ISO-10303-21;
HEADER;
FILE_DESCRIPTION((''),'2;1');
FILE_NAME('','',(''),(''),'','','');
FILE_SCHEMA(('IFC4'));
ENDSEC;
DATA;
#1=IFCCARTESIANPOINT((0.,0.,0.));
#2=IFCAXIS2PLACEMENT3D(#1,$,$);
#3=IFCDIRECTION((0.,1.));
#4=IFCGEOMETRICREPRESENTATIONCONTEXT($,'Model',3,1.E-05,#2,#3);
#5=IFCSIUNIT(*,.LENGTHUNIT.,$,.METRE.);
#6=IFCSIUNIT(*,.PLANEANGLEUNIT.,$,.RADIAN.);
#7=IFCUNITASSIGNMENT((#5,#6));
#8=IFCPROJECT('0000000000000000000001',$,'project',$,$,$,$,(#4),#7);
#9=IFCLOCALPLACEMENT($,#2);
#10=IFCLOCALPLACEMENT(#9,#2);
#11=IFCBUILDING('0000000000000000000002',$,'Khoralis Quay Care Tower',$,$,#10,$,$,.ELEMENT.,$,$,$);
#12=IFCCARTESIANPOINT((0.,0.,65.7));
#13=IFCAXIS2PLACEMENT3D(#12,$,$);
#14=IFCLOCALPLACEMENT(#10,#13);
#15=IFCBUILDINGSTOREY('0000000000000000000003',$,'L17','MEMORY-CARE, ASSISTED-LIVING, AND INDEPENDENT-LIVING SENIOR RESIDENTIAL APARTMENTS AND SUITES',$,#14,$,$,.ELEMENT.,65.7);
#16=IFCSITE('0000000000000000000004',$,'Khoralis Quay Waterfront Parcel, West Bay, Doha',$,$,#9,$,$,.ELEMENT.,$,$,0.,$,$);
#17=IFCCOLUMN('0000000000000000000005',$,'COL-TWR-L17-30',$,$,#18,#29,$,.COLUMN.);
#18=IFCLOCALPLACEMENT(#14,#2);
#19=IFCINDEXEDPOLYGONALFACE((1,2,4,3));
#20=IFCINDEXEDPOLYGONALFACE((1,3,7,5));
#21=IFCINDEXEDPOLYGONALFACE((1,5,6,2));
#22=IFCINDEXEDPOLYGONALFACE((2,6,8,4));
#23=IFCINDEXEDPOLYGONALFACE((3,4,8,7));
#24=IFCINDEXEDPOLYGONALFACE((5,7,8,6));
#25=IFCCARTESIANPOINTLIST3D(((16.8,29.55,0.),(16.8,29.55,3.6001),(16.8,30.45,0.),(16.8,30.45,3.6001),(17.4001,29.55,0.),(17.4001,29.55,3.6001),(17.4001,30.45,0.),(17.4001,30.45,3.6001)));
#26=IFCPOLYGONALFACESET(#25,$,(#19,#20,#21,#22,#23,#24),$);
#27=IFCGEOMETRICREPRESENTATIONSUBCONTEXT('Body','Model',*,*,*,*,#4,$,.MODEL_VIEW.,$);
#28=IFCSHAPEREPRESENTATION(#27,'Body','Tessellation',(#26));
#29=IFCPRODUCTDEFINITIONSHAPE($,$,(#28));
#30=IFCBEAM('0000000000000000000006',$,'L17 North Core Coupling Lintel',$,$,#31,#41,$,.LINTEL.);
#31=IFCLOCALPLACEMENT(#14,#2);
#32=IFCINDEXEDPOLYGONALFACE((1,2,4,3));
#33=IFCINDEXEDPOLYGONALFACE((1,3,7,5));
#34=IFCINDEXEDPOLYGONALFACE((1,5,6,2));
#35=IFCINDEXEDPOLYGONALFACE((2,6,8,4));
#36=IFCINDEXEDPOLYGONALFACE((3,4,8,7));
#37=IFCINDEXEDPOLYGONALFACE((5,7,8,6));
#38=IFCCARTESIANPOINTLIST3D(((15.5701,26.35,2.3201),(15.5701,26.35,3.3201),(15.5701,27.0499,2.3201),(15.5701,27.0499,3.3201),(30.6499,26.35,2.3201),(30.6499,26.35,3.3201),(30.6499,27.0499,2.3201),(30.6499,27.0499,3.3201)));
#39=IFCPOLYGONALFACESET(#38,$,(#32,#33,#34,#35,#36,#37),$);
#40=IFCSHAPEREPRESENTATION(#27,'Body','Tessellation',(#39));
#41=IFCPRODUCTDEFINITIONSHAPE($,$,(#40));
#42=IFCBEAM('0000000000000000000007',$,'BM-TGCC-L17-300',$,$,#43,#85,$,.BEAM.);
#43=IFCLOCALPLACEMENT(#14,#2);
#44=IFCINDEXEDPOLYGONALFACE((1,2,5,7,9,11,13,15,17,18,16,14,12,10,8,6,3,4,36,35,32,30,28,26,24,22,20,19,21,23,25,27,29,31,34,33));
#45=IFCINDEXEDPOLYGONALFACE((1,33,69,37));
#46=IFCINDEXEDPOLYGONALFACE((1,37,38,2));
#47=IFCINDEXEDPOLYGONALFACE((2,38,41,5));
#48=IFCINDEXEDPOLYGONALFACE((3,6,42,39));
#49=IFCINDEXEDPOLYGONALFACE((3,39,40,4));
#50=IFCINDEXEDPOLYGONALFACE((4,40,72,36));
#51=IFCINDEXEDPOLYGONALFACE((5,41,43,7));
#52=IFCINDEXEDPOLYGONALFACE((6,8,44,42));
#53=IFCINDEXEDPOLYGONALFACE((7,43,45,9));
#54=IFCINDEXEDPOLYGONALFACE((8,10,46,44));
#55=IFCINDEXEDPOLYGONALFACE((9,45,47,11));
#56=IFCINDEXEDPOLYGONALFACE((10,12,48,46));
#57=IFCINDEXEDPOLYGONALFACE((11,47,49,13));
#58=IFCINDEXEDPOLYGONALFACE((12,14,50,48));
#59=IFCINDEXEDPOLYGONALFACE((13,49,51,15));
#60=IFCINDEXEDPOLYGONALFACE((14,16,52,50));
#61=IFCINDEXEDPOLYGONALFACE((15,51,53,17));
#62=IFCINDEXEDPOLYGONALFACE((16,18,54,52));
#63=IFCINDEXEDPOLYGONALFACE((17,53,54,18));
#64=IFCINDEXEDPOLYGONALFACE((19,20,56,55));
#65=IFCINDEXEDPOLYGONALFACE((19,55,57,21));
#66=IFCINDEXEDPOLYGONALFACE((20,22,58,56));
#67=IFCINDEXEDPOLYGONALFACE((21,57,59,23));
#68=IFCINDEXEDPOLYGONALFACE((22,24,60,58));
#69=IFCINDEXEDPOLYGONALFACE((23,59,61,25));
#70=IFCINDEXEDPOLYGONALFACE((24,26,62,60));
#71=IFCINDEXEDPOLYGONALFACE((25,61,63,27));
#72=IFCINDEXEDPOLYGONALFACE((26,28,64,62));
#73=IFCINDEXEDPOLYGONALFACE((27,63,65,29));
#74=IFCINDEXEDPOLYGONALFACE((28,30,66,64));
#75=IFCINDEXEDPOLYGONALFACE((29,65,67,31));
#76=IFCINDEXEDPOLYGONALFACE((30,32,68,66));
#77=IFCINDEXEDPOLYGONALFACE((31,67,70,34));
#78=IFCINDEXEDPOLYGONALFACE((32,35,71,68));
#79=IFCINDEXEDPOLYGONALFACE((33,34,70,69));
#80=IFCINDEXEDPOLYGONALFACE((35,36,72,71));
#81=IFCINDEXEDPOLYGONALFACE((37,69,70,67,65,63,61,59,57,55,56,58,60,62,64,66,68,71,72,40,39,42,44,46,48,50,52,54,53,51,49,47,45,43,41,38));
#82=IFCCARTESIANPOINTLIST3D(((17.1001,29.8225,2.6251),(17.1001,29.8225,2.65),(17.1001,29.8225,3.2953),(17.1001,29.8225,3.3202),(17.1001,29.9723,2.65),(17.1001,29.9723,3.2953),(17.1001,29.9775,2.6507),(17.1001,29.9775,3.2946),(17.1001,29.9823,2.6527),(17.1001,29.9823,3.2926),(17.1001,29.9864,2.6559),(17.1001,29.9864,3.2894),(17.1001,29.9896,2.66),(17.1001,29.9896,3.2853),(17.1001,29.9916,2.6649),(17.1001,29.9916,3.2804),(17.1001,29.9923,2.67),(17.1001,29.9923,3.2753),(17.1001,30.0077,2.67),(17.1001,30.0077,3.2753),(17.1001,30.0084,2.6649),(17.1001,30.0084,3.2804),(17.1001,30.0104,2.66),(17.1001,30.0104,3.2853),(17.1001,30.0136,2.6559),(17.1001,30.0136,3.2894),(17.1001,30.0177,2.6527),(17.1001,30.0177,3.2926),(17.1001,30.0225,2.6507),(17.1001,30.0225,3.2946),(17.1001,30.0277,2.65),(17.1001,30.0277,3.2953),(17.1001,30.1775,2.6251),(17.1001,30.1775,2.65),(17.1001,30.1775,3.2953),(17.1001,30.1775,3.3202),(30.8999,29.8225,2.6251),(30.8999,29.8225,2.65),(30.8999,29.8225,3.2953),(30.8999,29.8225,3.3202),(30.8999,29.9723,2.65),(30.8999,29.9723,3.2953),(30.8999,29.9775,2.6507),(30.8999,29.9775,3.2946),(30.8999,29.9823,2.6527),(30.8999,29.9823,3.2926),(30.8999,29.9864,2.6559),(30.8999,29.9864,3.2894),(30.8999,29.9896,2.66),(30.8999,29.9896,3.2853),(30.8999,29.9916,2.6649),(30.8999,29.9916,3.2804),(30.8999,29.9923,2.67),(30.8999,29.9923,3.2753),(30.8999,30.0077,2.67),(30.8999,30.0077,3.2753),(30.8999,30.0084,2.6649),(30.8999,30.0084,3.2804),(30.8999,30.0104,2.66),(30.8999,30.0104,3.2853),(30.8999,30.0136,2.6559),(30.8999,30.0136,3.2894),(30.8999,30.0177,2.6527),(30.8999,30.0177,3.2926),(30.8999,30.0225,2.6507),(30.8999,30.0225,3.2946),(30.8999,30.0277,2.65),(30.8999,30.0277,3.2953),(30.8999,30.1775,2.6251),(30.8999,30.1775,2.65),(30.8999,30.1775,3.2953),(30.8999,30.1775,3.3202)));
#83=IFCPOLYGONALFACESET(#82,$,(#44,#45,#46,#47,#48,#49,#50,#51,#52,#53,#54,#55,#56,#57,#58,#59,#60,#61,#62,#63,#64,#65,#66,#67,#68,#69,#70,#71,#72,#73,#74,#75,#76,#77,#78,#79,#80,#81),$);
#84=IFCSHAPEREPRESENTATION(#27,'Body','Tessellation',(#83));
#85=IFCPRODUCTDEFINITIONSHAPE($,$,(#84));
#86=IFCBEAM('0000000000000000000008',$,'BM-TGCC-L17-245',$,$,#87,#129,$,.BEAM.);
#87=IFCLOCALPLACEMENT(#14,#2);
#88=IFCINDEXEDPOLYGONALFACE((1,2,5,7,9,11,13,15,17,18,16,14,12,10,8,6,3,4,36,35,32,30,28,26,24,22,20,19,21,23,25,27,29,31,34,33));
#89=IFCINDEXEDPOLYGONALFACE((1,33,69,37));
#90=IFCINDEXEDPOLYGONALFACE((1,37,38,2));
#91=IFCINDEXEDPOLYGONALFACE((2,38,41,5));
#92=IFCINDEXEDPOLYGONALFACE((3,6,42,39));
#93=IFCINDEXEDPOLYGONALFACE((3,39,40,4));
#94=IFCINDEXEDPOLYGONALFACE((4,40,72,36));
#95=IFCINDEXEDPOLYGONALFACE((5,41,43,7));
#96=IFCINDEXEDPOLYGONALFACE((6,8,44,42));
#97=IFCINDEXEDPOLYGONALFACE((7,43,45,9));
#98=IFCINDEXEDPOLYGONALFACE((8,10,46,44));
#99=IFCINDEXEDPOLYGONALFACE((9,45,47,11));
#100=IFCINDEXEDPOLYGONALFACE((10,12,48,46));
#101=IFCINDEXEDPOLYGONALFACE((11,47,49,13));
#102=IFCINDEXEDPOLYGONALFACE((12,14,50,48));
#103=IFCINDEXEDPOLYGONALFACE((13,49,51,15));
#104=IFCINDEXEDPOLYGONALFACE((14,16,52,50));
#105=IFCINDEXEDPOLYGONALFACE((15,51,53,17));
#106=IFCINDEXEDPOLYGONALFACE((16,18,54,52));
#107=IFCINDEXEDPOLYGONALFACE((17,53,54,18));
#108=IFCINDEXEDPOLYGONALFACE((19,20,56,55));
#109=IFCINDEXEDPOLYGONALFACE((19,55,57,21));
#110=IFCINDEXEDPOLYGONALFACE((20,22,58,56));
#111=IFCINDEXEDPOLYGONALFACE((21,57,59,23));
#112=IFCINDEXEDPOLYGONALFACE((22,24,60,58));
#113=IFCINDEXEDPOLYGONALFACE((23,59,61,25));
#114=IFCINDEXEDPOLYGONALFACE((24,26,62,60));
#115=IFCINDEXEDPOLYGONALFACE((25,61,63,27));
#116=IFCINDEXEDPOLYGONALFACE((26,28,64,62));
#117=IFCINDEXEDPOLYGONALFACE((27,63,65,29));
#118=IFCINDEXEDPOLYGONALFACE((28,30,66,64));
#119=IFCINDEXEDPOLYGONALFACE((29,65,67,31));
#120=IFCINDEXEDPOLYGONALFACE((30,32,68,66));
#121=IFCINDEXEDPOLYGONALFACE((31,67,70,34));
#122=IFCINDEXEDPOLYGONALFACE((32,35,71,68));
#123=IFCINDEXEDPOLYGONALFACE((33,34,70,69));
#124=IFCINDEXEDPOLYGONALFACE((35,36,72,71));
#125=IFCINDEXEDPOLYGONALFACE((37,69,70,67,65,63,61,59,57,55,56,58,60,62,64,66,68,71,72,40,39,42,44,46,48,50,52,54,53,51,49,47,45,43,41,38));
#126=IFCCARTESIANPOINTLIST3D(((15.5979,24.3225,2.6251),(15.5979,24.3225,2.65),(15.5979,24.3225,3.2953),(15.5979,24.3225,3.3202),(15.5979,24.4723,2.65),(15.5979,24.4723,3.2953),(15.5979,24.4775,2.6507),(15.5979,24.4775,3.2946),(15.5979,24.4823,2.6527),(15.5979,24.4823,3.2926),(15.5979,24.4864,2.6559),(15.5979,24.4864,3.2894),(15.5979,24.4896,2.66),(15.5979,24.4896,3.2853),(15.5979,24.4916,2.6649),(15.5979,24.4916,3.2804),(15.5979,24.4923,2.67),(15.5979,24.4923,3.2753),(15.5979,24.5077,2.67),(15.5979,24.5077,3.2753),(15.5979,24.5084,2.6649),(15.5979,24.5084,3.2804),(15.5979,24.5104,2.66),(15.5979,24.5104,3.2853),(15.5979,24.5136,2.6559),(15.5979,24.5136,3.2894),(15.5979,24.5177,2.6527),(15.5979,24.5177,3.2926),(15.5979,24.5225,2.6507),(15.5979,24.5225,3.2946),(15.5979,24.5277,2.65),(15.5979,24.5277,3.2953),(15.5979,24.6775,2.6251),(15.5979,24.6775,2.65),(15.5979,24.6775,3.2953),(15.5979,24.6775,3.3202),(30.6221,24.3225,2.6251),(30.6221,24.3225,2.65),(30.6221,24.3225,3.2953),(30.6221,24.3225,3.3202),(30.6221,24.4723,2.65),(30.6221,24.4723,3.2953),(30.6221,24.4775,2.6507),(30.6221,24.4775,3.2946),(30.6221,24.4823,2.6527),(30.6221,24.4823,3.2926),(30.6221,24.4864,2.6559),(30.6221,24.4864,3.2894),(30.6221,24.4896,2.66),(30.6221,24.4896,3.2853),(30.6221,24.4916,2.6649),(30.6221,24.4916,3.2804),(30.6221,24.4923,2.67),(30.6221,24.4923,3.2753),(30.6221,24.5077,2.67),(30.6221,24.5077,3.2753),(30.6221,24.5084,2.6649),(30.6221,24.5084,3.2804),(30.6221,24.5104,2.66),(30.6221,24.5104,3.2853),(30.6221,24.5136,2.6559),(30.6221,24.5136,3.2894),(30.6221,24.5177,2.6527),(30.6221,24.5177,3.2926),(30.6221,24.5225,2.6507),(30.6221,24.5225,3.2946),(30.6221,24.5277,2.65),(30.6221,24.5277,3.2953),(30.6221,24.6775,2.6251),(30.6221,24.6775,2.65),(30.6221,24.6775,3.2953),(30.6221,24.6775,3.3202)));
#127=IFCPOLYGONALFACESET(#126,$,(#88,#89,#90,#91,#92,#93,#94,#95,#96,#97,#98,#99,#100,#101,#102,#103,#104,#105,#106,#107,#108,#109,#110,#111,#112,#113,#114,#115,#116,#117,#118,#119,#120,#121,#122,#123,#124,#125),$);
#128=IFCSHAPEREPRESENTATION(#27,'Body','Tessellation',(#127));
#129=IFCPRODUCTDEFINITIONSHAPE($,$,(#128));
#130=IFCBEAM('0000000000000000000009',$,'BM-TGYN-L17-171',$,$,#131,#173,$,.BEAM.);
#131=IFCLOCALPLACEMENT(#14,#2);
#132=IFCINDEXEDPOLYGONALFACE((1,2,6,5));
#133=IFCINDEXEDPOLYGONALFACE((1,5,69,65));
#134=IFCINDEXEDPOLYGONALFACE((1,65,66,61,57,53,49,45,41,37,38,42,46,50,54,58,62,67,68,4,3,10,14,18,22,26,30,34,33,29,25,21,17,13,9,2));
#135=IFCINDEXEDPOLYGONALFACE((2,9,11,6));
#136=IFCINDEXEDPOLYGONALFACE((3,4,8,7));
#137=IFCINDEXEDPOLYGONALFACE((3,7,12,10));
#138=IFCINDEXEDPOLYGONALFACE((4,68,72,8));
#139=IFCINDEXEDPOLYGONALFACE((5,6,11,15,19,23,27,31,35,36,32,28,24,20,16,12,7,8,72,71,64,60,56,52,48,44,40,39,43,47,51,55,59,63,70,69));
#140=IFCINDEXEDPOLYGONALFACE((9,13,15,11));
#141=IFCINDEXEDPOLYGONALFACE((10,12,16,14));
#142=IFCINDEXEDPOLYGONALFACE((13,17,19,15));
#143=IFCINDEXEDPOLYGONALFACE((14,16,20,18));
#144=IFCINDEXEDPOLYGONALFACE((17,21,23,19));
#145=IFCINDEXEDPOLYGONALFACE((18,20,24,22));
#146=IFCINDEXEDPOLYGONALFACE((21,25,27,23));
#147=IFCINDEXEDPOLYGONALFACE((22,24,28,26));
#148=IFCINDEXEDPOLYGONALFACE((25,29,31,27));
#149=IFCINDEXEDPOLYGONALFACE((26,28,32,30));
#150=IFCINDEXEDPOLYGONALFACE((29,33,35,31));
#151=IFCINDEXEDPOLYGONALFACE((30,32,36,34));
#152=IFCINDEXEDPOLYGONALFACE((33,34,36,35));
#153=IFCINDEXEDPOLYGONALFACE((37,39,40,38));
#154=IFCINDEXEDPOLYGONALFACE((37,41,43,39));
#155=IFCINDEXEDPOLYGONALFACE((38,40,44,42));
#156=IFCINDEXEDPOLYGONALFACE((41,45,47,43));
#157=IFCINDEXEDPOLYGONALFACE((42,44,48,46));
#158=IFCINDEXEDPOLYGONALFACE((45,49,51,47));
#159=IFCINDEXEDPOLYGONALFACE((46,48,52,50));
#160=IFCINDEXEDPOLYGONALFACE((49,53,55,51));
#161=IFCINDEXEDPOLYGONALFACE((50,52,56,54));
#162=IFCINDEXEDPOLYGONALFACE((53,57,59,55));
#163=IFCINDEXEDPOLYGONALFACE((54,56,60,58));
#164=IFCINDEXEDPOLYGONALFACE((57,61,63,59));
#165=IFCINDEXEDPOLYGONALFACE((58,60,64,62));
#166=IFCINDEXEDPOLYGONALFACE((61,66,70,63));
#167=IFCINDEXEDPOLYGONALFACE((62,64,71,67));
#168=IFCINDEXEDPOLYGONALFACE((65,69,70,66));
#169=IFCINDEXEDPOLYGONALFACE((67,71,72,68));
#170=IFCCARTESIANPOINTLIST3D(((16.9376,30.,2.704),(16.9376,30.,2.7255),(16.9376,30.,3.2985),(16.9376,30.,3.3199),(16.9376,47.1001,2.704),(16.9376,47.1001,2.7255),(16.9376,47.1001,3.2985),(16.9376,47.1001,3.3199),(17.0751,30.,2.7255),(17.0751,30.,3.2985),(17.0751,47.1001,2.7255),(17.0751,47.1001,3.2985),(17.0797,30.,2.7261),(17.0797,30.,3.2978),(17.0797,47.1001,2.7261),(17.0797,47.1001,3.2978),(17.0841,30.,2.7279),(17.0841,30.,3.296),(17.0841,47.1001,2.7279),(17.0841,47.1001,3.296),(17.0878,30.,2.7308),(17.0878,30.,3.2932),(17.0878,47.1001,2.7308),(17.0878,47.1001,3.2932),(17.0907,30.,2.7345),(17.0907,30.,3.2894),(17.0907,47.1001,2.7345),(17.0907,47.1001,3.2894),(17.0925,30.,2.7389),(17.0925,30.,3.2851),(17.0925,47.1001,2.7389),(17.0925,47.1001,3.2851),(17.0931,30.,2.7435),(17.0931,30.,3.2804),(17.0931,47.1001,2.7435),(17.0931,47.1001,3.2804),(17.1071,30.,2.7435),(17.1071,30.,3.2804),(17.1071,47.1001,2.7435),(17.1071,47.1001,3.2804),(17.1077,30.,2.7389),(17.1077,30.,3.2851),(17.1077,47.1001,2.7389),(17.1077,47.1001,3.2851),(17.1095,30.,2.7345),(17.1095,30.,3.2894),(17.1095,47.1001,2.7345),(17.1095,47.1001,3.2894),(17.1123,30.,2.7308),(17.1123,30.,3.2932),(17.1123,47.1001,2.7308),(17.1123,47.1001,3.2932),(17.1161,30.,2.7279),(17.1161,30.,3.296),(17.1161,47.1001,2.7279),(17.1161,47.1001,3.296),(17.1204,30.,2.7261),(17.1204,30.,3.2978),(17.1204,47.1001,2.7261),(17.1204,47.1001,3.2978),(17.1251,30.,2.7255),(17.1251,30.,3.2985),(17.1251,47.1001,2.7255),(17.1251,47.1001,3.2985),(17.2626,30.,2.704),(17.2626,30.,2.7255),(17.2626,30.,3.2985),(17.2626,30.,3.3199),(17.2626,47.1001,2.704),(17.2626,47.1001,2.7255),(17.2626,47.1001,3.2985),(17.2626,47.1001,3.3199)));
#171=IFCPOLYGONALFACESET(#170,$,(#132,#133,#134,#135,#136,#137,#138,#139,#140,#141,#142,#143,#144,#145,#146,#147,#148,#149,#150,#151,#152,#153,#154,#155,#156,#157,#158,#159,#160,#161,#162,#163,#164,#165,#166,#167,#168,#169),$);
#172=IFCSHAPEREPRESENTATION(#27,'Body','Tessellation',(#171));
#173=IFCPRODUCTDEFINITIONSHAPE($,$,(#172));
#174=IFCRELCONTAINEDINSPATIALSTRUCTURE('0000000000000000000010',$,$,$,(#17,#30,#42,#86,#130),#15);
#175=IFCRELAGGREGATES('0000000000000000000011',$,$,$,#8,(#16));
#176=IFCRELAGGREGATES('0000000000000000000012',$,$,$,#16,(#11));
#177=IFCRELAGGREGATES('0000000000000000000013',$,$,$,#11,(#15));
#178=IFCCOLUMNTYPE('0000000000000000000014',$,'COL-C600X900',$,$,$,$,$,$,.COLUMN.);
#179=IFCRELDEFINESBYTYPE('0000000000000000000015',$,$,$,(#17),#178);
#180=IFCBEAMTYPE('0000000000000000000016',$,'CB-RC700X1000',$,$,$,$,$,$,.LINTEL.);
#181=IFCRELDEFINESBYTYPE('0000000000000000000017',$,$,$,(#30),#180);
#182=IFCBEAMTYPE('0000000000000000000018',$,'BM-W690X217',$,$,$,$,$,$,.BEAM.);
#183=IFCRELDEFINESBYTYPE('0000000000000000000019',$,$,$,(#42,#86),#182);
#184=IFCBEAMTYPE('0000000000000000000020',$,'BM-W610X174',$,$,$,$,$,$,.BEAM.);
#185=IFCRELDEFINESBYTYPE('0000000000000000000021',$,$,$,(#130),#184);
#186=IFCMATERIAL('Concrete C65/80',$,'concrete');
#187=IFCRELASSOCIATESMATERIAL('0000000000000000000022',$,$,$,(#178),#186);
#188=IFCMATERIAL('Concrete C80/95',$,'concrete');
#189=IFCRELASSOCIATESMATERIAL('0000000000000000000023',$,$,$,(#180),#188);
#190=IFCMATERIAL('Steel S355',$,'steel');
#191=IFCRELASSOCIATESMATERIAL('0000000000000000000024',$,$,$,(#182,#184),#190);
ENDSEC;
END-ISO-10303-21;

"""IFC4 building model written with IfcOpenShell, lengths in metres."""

from ifc_helpers import new_model, si_unit, direction, frame, origin, origin_2d, place, context, subcontext, project, spatial, rectangle, i_section, extrude, source, transform, mapped, material, material_profile, profile_set, type_object, element, save


model = new_model("IFC4")

# Units and contexts
model_context = context("Model", 3, precision=1e-05, world=origin(), true_north=direction((0.0, 1.0)))
body_context = subcontext(model_context, "Body", "Model", "MODEL_VIEW")
ifc_project = project(units=[si_unit("LENGTHUNIT", "METRE"), si_unit("PLANEANGLEUNIT", "RADIAN")], contexts=[model_context])

# Site, building, storey
site_placement = place(None, origin())
site = spatial("IfcSite", under=ifc_project, at=site_placement, Name="Khoralis Quay Waterfront Parcel, West Bay, Doha", CompositionType="ELEMENT", RefElevation=0.0)
building_placement = place(site_placement, origin())
building = spatial("IfcBuilding", under=site, at=building_placement, Name="Khoralis Quay Care Tower", CompositionType="ELEMENT")
storey_placement = place(building_placement, frame((0.0, 0.0, 65.7)))
storey = spatial("IfcBuildingStorey", under=building, at=storey_placement, Name="L17", Description="MEMORY-CARE, ASSISTED-LIVING, AND INDEPENDENT-LIVING SENIOR RESIDENTIAL APARTMENTS AND SUITES", CompositionType="ELEMENT", Elevation=65.7)

# Column
ifc_material_1 = material(Name="Concrete C65/80", Category="concrete")
ifc_material_profile_1 = material_profile(ifc_material_1, rectangle(XDim=0.6001, YDim=0.8999, at=origin_2d()), Name="Concrete C65/80")
ifc_profile_set_1 = profile_set([ifc_material_profile_1], Name="Concrete C65/80")
column_type = type_object("IfcColumnType", Name="COL-C600X900", PredefinedType="COLUMN", material=ifc_profile_set_1)
shared_shape_1 = source(origin(), body_context, "Body", "SweptSolid", [
    extrude(rectangle(XDim=0.6001, YDim=0.8999, at=origin_2d()), origin(), (0.0, 0.0, 1.0), 3.6001),
])
column_placement = place(storey_placement, frame((17.1001, 30.0, 0.0), z_axis=(0.0, 0.0, 1.0), x_axis=(1.0, 0.0, 0.0)))
element("IfcColumn", 1, at=column_placement, inside=storey, type_object=column_type, Name="COL-TWR-L17-30", PredefinedType="COLUMN", context=body_context, shape_type="MappedRepresentation", body=[
    mapped(shared_shape_1, transform((0.0, 0.0, 0.0), scale=1.0)),
])

# Beams
ifc_material_2 = material(Name="Concrete C80/95", Category="concrete")
ifc_material_profile_2 = material_profile(ifc_material_2, rectangle(XDim=0.7, YDim=1.0, at=origin_2d()), Name="Concrete C80/95")
ifc_profile_set_2 = profile_set([ifc_material_profile_2], Name="Concrete C80/95")
beam_type_1 = type_object("IfcBeamType", Name="CB-RC700X1000", PredefinedType="LINTEL", material=ifc_profile_set_2)
shared_shape_2 = source(origin(), body_context, "Body", "SweptSolid", [
    extrude(rectangle(XDim=0.7, YDim=1.0, at=origin_2d()), origin(), (0.0, 0.0, 1.0), 15.0798),
])
beam_1_placement = place(storey_placement, frame((15.5701, 26.7, 2.8201), z_axis=(1.0, 0.0, 0.0), x_axis=(0.0, 1.0, 0.0)))
element("IfcBeam", 2, at=beam_1_placement, inside=storey, type_object=beam_type_1, Name="L17 North Core Coupling Lintel", PredefinedType="LINTEL", context=body_context, shape_type="MappedRepresentation", body=[
    mapped(shared_shape_2, transform((0.0, 0.0, 0.0), scale=1.0)),
])
ifc_material_3 = material(Name="Steel S355", Category="steel")
ifc_material_profile_3 = material_profile(ifc_material_3, i_section(OverallWidth=0.355, OverallDepth=0.6951, WebThickness=0.0154, FlangeThickness=0.0249, FilletRadius=0.02, at=origin_2d()), Name="Steel S355")
ifc_profile_set_3 = profile_set([ifc_material_profile_3], Name="Steel S355")
beam_type_2 = type_object("IfcBeamType", Name="BM-W690X217", PredefinedType="BEAM", material=ifc_profile_set_3)
shared_shape_3 = source(origin(), body_context, "Body", "SweptSolid", [
    extrude(i_section(OverallWidth=0.355, OverallDepth=0.6951, WebThickness=0.0154, FlangeThickness=0.0249, FilletRadius=0.02, at=origin_2d()), origin(), (0.0, 0.0, 1.0), 13.7998),
])
beam_2_placement = place(storey_placement, frame((17.1001, 30.0, 2.9727), z_axis=(1.0, 0.0, 0.0), x_axis=(0.0, 1.0, 0.0)))
element("IfcBeam", 3, at=beam_2_placement, inside=storey, type_object=beam_type_2, Name="BM-TGCC-L17-300", PredefinedType="BEAM", context=body_context, shape_type="MappedRepresentation", body=[
    mapped(shared_shape_3, transform((0.0, 0.0, 0.0), scale=1.0)),
])
shared_shape_4 = source(origin(), body_context, "Body", "SweptSolid", [
    extrude(i_section(OverallWidth=0.355, OverallDepth=0.6951, WebThickness=0.0154, FlangeThickness=0.0249, FilletRadius=0.02, at=origin_2d()), origin(), (0.0, 0.0, 1.0), 15.0242),
])
beam_3_placement = place(storey_placement, frame((15.5979, 24.5, 2.9727), z_axis=(1.0, 0.0, 0.0), x_axis=(0.0, 1.0, 0.0)))
element("IfcBeam", 4, at=beam_3_placement, inside=storey, type_object=beam_type_2, Name="BM-TGCC-L17-245", PredefinedType="BEAM", context=body_context, shape_type="MappedRepresentation", body=[
    mapped(shared_shape_4, transform((0.0, 0.0, 0.0), scale=1.0)),
])
ifc_material_profile_4 = material_profile(ifc_material_3, i_section(OverallWidth=0.325, OverallDepth=0.616, WebThickness=0.0139, FlangeThickness=0.0215, FilletRadius=0.0181, at=origin_2d()), Name="Steel S355")
ifc_profile_set_4 = profile_set([ifc_material_profile_4], Name="Steel S355")
beam_type_3 = type_object("IfcBeamType", Name="BM-W610X174", PredefinedType="BEAM", material=ifc_profile_set_4)
shared_shape_5 = source(origin(), body_context, "Body", "SweptSolid", [
    extrude(i_section(OverallWidth=0.325, OverallDepth=0.616, WebThickness=0.0139, FlangeThickness=0.0215, FilletRadius=0.0181, at=origin_2d()), origin(), (0.0, 0.0, 1.0), 17.1001),
])
beam_4_placement = place(storey_placement, frame((17.1001, 30.0, 3.012), z_axis=(0.0, 1.0, 0.0), x_axis=(-1.0, 0.0, 0.0)))
element("IfcBeam", 5, at=beam_4_placement, inside=storey, type_object=beam_type_3, Name="BM-TGYN-L17-171", PredefinedType="BEAM", context=body_context, shape_type="MappedRepresentation", body=[
    mapped(shared_shape_5, transform((0.0, 0.0, 0.0), scale=1.0)),
])

save(model, "model.ifc")
